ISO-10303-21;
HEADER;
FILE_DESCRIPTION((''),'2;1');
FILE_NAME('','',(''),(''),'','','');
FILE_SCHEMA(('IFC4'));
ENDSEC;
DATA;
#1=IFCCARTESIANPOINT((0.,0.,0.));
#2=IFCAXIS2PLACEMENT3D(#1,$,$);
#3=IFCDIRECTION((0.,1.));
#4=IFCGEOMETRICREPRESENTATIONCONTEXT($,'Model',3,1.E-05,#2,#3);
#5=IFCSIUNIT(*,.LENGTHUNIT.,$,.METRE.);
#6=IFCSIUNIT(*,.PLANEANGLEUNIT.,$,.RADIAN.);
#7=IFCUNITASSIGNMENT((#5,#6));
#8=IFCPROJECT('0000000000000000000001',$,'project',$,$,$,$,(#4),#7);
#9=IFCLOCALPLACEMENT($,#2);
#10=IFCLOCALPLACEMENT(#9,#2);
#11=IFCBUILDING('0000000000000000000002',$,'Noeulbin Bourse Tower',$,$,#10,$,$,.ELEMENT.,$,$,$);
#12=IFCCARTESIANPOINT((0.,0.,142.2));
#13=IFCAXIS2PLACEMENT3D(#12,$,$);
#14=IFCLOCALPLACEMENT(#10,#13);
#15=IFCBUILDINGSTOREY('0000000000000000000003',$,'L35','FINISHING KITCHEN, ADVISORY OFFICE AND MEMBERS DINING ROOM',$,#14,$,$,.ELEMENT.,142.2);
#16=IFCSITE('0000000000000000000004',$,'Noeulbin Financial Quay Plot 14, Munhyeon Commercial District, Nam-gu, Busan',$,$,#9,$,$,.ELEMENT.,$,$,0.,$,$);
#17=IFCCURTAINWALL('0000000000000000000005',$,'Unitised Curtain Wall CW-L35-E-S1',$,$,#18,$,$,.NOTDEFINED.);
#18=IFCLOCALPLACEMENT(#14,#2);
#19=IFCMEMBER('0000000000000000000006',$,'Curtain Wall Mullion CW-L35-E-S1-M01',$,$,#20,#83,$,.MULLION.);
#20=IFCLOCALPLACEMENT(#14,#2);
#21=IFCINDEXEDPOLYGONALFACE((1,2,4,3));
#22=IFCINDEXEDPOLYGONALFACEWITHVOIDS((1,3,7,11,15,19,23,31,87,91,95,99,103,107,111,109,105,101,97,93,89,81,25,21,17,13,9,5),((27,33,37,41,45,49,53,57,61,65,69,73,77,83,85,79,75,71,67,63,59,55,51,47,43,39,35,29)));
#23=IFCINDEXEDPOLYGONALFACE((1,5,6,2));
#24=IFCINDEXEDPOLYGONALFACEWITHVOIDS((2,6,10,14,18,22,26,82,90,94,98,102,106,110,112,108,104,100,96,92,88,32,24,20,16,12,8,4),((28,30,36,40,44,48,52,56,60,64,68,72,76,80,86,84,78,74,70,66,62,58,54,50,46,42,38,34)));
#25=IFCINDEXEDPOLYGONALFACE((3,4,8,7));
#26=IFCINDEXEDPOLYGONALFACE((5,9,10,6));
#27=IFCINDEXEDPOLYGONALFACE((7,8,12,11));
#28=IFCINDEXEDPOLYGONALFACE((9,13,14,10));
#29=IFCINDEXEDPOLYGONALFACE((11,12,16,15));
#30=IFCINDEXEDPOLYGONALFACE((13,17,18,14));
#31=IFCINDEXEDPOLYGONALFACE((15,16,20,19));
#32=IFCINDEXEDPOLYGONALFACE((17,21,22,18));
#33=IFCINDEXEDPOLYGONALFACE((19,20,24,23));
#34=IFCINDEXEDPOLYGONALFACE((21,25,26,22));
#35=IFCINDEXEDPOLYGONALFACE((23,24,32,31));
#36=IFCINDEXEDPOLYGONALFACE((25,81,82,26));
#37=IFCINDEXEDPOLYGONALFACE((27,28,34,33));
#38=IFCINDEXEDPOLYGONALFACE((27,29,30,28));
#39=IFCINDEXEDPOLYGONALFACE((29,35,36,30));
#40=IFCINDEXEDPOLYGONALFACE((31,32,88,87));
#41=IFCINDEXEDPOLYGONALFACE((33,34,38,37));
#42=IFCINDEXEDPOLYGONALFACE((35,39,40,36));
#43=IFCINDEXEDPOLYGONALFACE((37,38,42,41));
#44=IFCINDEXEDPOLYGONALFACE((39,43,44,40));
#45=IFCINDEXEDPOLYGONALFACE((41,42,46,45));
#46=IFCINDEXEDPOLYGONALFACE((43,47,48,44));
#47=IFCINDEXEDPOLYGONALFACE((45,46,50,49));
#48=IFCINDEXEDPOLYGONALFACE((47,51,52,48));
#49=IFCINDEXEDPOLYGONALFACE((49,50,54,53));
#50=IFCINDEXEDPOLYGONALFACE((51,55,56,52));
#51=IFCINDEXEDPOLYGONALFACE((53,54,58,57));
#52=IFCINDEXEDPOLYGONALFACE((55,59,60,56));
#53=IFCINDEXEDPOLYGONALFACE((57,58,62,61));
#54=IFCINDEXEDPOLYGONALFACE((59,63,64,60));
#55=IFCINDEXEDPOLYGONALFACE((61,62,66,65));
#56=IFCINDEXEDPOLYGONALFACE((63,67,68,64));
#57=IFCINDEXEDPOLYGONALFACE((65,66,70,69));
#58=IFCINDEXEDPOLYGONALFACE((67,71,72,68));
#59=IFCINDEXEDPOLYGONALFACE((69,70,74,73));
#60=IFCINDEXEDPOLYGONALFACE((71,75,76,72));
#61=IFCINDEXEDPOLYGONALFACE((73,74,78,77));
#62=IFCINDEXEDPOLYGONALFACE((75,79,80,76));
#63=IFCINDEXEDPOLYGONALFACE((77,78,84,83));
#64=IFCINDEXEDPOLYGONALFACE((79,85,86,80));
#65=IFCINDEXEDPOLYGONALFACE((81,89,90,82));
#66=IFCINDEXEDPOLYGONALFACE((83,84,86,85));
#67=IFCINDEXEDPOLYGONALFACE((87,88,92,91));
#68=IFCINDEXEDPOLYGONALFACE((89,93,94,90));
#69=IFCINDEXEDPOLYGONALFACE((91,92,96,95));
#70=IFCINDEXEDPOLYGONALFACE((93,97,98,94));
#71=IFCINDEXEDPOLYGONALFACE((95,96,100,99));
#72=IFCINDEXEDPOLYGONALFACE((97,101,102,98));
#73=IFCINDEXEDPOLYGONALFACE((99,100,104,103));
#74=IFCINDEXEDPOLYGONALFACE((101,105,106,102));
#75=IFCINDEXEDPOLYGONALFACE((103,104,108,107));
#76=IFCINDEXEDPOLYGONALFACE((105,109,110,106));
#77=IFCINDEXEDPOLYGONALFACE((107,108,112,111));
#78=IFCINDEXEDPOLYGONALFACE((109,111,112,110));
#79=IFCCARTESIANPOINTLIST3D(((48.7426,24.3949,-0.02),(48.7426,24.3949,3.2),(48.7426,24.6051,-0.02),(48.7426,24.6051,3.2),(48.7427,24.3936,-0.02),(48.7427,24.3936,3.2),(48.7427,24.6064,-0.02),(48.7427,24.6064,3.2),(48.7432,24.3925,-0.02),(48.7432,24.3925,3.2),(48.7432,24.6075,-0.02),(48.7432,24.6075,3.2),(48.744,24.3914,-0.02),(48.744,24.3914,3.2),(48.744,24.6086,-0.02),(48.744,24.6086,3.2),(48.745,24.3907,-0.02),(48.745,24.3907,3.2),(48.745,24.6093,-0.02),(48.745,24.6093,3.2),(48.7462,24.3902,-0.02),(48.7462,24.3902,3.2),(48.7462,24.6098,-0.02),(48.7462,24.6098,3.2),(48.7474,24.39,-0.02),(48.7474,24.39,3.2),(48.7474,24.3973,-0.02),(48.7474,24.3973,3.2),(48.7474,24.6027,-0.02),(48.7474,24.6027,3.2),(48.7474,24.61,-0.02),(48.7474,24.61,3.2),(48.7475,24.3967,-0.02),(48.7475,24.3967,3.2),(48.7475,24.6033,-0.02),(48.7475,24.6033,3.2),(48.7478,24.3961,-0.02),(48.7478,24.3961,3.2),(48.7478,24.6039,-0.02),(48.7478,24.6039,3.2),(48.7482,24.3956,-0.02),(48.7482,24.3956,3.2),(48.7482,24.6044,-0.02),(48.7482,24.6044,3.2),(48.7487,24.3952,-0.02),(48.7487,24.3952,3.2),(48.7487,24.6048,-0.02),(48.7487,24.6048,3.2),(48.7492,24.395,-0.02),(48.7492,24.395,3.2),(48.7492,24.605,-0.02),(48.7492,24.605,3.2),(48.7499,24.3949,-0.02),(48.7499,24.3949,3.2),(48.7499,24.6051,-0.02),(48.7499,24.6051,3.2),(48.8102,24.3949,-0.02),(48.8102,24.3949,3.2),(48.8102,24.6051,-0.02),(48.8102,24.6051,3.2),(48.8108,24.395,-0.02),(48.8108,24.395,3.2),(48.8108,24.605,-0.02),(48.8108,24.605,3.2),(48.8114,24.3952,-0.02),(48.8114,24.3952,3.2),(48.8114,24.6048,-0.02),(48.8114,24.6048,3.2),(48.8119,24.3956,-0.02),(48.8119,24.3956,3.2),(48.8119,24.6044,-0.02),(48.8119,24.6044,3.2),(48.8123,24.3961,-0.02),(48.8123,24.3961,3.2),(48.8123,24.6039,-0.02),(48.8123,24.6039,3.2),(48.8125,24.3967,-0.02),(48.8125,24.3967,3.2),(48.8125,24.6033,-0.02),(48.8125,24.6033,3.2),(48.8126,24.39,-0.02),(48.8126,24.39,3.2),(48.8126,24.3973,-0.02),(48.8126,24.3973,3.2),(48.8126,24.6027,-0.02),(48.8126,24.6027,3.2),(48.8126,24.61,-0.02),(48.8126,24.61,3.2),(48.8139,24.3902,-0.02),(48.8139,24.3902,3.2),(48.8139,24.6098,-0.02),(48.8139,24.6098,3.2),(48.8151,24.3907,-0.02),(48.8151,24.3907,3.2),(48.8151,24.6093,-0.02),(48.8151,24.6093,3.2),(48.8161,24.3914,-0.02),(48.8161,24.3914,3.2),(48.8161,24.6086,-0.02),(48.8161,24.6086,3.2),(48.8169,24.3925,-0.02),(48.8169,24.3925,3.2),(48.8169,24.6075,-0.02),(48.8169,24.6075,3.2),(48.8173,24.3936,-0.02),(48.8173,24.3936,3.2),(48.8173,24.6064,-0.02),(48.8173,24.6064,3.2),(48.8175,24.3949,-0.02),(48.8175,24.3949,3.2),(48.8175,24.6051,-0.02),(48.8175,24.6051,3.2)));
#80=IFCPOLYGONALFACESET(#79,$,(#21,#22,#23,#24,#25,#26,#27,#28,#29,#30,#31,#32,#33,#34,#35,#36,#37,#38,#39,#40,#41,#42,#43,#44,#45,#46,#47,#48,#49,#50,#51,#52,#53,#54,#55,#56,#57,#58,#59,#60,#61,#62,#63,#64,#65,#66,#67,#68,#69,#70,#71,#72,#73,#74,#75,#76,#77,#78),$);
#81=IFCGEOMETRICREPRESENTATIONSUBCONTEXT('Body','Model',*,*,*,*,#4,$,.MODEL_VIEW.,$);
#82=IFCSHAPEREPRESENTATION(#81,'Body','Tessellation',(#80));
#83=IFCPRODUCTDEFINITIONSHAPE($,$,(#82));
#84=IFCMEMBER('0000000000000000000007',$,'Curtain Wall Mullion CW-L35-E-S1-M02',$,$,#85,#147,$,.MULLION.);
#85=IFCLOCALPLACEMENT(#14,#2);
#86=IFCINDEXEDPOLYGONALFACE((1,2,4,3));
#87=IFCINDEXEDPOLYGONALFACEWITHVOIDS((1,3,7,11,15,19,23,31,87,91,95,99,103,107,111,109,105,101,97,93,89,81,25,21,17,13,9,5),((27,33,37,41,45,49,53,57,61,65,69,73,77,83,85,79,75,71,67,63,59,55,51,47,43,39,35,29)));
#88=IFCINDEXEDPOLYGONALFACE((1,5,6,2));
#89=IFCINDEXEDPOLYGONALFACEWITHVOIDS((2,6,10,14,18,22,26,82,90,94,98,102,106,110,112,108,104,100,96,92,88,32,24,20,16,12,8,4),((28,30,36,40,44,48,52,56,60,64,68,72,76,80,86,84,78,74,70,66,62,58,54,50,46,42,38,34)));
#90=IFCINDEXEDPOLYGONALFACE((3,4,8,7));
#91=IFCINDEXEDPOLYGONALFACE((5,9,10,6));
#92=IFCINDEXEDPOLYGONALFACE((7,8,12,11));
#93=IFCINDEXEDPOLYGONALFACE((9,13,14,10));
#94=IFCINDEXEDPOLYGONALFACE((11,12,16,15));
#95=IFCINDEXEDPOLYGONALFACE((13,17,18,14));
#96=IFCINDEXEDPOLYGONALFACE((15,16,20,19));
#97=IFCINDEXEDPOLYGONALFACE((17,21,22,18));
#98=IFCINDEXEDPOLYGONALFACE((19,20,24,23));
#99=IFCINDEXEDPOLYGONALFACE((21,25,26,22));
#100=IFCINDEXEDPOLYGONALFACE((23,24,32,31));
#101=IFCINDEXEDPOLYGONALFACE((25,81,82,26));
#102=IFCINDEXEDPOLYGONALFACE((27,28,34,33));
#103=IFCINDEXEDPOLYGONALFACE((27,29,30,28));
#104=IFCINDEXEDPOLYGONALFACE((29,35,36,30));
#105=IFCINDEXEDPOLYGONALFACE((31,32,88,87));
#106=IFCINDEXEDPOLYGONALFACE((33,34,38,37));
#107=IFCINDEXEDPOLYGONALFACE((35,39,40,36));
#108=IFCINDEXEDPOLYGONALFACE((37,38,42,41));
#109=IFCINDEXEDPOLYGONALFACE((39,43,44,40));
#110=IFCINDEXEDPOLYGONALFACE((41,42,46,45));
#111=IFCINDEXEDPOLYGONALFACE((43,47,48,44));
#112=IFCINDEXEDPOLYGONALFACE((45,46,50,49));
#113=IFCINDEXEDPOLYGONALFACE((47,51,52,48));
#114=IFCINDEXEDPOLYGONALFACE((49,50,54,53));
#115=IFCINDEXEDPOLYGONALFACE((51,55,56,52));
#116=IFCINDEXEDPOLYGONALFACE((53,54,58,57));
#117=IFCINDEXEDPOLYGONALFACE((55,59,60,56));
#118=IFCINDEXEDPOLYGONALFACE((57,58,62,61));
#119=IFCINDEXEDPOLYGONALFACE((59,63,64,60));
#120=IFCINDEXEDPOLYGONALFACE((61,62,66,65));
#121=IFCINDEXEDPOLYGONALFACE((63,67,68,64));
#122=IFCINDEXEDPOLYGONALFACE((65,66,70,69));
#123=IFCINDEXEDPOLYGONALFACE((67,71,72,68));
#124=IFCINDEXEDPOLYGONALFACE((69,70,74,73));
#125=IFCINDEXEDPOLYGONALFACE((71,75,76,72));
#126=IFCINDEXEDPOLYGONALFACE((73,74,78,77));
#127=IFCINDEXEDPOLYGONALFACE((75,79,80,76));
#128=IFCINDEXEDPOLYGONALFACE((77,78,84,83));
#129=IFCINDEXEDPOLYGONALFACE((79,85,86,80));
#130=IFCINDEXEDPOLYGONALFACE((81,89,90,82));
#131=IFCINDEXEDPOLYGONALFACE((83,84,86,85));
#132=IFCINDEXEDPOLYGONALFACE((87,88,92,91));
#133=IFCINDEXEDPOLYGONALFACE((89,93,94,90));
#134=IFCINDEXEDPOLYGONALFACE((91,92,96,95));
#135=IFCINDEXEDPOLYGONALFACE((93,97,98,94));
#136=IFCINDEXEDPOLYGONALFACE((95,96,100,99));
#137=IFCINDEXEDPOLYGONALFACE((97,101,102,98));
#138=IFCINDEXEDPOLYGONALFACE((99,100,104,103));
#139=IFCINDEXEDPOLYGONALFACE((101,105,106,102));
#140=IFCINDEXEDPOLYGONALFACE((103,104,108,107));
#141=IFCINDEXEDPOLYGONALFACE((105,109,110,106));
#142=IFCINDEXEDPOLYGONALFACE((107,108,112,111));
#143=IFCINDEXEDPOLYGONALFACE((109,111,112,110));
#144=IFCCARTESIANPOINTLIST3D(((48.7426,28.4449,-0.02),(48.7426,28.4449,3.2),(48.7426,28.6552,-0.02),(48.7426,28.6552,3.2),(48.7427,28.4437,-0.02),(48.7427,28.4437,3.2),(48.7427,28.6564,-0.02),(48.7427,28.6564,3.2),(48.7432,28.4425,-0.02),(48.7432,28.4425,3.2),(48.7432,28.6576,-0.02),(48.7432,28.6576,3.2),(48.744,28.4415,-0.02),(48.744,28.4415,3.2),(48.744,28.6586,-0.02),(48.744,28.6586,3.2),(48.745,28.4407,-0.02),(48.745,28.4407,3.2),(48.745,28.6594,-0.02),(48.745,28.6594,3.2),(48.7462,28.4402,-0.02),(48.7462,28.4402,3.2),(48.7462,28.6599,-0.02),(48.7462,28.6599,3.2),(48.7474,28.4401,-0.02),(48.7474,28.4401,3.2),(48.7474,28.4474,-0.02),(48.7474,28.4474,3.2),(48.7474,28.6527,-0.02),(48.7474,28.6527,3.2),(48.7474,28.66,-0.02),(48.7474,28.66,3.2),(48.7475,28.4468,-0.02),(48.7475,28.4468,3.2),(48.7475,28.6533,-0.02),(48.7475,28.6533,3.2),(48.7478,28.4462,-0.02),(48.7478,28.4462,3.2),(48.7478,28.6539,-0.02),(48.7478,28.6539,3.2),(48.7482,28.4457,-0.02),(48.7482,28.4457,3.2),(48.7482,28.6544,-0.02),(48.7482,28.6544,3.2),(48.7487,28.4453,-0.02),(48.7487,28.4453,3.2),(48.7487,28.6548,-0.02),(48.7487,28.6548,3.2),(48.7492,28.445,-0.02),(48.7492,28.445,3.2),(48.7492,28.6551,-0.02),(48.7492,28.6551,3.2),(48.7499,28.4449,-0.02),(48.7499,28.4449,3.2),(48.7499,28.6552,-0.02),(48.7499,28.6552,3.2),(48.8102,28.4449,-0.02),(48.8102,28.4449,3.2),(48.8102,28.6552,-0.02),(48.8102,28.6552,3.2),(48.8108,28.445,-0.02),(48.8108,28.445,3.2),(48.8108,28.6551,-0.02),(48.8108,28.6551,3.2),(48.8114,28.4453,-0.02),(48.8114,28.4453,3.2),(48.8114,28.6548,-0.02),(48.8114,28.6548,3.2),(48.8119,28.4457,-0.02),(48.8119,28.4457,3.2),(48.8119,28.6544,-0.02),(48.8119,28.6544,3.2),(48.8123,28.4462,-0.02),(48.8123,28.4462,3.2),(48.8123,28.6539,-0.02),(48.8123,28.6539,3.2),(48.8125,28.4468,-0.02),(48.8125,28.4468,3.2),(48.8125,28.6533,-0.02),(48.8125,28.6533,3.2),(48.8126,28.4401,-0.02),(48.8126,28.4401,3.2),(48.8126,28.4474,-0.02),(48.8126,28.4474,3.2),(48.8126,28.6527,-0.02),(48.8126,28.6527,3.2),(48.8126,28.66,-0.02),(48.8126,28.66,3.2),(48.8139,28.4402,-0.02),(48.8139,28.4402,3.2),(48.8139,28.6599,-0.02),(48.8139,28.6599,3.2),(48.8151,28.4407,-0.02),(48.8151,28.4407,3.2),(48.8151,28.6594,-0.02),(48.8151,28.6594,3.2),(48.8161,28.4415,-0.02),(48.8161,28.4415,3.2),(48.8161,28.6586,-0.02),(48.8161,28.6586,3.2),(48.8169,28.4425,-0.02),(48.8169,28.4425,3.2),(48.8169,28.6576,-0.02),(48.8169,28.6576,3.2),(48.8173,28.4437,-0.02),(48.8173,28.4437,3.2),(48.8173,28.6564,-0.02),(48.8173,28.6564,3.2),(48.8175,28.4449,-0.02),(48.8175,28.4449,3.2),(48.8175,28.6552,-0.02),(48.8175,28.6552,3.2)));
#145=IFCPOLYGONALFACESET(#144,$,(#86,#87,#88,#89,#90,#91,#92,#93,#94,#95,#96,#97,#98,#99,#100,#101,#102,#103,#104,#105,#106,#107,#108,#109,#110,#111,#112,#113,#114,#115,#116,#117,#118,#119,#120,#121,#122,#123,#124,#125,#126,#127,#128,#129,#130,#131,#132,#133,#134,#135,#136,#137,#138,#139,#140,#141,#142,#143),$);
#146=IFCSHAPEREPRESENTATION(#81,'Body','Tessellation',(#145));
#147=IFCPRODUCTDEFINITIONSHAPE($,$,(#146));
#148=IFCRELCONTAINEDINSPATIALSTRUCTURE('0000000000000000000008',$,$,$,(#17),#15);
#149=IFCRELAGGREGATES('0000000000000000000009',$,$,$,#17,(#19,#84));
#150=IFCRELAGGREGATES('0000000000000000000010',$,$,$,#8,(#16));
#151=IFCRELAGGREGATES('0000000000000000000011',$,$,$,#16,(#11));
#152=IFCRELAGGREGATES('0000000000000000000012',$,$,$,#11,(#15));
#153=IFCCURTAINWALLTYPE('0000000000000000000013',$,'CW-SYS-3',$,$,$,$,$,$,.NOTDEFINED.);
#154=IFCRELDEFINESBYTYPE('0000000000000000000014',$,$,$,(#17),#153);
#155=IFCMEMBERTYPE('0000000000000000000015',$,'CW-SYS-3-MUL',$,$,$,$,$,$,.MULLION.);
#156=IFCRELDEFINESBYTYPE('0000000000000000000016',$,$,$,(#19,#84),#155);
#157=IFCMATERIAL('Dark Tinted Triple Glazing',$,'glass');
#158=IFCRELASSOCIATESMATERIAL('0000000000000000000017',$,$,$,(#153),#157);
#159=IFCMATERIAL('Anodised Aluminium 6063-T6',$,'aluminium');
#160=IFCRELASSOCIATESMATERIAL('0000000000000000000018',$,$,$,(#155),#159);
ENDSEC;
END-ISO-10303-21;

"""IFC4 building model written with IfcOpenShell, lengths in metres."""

from ifc_helpers import new_model, si_unit, direction, frame, origin, origin_2d, place, context, subcontext, project, spatial, hollow_rectangle, extrude, material, material_profile, profile_set, type_object, element, aggregate, save


model = new_model("IFC4")

# Units and contexts
model_context = context("Model", 3, precision=1e-05, world=origin(), true_north=direction((0.0, 1.0)))
body_context = subcontext(model_context, "Body", "Model", "MODEL_VIEW")
ifc_project = project(units=[si_unit("LENGTHUNIT", "METRE"), si_unit("PLANEANGLEUNIT", "RADIAN")], contexts=[model_context])

# Site, building, storey
site_placement = place(None, origin())
site = spatial("IfcSite", under=ifc_project, at=site_placement, Name="Noeulbin Financial Quay Plot 14, Munhyeon Commercial District, Nam-gu, Busan", CompositionType="ELEMENT", RefElevation=0.0)
building_placement = place(site_placement, origin())
building = spatial("IfcBuilding", under=site, at=building_placement, Name="Noeulbin Bourse Tower", CompositionType="ELEMENT")
storey_placement = place(building_placement, frame((0.0, 0.0, 142.2)))
storey = spatial("IfcBuildingStorey", under=building, at=storey_placement, Name="L35", Description="FINISHING KITCHEN, ADVISORY OFFICE AND MEMBERS DINING ROOM", CompositionType="ELEMENT", Elevation=142.2)

# Curtain wall, members
ifc_material_1 = material(Name="Dark Tinted Triple Glazing", Category="glass")
curtain_wall_type = type_object("IfcCurtainWallType", Name="CW-SYS-3", PredefinedType="NOTDEFINED", material=ifc_material_1)
curtain_wall_placement = place(storey_placement, origin())
curtain_wall = element("IfcCurtainWall", 1, at=curtain_wall_placement, inside=storey, type_object=curtain_wall_type, Name="Unitised Curtain Wall CW-L35-E-S1", PredefinedType="NOTDEFINED")
ifc_material_2 = material(Name="Anodised Aluminium 6063-T6", Category="aluminium")
ifc_material_profile_1 = material_profile(ifc_material_2, hollow_rectangle(XDim=0.075, YDim=0.22, WallThickness=0.0049, InnerFilletRadius=0.0024, OuterFilletRadius=0.0049, at=origin_2d()), Name="ALU-MULL-75x220x5", Category="LoadBearing")
ifc_profile_set_1 = profile_set([ifc_material_profile_1], Name="Anodised Aluminium 6063-T6")
member_type_1 = type_object("IfcMemberType", Name="CW-SYS-3-MUL", PredefinedType="MULLION", material=ifc_profile_set_1)
member_1_placement = place(storey_placement, frame((48.78, 24.5, -0.02), z_axis=(0.0, 0.0, 1.0), x_axis=(1.0, 0.0, 0.0)))
member_1 = element("IfcMember", 2, at=member_1_placement, type_object=member_type_1, Name="Curtain Wall Mullion CW-L35-E-S1-M01", PredefinedType="MULLION", context=body_context, shape_type="SweptSolid", body=[
    extrude(hollow_rectangle(XDim=0.075, YDim=0.22, WallThickness=0.0049, InnerFilletRadius=0.0024, OuterFilletRadius=0.0049, at=origin_2d()), origin(), (0.0, 0.0, 1.0), 3.22),
])
member_2_placement = place(storey_placement, frame((48.78, 28.55, -0.02), z_axis=(0.0, 0.0, 1.0), x_axis=(1.0, 0.0, 0.0)))
member_2 = element("IfcMember", 3, at=member_2_placement, type_object=member_type_1, Name="Curtain Wall Mullion CW-L35-E-S1-M02", PredefinedType="MULLION", context=body_context, shape_type="SweptSolid", body=[
    extrude(hollow_rectangle(XDim=0.075, YDim=0.22, WallThickness=0.0049, InnerFilletRadius=0.0024, OuterFilletRadius=0.0049, at=origin_2d()), origin(), (0.0, 0.0, 1.0), 3.22),
])
aggregate(curtain_wall, [member_1, member_2])

save(model, "model.ifc")
